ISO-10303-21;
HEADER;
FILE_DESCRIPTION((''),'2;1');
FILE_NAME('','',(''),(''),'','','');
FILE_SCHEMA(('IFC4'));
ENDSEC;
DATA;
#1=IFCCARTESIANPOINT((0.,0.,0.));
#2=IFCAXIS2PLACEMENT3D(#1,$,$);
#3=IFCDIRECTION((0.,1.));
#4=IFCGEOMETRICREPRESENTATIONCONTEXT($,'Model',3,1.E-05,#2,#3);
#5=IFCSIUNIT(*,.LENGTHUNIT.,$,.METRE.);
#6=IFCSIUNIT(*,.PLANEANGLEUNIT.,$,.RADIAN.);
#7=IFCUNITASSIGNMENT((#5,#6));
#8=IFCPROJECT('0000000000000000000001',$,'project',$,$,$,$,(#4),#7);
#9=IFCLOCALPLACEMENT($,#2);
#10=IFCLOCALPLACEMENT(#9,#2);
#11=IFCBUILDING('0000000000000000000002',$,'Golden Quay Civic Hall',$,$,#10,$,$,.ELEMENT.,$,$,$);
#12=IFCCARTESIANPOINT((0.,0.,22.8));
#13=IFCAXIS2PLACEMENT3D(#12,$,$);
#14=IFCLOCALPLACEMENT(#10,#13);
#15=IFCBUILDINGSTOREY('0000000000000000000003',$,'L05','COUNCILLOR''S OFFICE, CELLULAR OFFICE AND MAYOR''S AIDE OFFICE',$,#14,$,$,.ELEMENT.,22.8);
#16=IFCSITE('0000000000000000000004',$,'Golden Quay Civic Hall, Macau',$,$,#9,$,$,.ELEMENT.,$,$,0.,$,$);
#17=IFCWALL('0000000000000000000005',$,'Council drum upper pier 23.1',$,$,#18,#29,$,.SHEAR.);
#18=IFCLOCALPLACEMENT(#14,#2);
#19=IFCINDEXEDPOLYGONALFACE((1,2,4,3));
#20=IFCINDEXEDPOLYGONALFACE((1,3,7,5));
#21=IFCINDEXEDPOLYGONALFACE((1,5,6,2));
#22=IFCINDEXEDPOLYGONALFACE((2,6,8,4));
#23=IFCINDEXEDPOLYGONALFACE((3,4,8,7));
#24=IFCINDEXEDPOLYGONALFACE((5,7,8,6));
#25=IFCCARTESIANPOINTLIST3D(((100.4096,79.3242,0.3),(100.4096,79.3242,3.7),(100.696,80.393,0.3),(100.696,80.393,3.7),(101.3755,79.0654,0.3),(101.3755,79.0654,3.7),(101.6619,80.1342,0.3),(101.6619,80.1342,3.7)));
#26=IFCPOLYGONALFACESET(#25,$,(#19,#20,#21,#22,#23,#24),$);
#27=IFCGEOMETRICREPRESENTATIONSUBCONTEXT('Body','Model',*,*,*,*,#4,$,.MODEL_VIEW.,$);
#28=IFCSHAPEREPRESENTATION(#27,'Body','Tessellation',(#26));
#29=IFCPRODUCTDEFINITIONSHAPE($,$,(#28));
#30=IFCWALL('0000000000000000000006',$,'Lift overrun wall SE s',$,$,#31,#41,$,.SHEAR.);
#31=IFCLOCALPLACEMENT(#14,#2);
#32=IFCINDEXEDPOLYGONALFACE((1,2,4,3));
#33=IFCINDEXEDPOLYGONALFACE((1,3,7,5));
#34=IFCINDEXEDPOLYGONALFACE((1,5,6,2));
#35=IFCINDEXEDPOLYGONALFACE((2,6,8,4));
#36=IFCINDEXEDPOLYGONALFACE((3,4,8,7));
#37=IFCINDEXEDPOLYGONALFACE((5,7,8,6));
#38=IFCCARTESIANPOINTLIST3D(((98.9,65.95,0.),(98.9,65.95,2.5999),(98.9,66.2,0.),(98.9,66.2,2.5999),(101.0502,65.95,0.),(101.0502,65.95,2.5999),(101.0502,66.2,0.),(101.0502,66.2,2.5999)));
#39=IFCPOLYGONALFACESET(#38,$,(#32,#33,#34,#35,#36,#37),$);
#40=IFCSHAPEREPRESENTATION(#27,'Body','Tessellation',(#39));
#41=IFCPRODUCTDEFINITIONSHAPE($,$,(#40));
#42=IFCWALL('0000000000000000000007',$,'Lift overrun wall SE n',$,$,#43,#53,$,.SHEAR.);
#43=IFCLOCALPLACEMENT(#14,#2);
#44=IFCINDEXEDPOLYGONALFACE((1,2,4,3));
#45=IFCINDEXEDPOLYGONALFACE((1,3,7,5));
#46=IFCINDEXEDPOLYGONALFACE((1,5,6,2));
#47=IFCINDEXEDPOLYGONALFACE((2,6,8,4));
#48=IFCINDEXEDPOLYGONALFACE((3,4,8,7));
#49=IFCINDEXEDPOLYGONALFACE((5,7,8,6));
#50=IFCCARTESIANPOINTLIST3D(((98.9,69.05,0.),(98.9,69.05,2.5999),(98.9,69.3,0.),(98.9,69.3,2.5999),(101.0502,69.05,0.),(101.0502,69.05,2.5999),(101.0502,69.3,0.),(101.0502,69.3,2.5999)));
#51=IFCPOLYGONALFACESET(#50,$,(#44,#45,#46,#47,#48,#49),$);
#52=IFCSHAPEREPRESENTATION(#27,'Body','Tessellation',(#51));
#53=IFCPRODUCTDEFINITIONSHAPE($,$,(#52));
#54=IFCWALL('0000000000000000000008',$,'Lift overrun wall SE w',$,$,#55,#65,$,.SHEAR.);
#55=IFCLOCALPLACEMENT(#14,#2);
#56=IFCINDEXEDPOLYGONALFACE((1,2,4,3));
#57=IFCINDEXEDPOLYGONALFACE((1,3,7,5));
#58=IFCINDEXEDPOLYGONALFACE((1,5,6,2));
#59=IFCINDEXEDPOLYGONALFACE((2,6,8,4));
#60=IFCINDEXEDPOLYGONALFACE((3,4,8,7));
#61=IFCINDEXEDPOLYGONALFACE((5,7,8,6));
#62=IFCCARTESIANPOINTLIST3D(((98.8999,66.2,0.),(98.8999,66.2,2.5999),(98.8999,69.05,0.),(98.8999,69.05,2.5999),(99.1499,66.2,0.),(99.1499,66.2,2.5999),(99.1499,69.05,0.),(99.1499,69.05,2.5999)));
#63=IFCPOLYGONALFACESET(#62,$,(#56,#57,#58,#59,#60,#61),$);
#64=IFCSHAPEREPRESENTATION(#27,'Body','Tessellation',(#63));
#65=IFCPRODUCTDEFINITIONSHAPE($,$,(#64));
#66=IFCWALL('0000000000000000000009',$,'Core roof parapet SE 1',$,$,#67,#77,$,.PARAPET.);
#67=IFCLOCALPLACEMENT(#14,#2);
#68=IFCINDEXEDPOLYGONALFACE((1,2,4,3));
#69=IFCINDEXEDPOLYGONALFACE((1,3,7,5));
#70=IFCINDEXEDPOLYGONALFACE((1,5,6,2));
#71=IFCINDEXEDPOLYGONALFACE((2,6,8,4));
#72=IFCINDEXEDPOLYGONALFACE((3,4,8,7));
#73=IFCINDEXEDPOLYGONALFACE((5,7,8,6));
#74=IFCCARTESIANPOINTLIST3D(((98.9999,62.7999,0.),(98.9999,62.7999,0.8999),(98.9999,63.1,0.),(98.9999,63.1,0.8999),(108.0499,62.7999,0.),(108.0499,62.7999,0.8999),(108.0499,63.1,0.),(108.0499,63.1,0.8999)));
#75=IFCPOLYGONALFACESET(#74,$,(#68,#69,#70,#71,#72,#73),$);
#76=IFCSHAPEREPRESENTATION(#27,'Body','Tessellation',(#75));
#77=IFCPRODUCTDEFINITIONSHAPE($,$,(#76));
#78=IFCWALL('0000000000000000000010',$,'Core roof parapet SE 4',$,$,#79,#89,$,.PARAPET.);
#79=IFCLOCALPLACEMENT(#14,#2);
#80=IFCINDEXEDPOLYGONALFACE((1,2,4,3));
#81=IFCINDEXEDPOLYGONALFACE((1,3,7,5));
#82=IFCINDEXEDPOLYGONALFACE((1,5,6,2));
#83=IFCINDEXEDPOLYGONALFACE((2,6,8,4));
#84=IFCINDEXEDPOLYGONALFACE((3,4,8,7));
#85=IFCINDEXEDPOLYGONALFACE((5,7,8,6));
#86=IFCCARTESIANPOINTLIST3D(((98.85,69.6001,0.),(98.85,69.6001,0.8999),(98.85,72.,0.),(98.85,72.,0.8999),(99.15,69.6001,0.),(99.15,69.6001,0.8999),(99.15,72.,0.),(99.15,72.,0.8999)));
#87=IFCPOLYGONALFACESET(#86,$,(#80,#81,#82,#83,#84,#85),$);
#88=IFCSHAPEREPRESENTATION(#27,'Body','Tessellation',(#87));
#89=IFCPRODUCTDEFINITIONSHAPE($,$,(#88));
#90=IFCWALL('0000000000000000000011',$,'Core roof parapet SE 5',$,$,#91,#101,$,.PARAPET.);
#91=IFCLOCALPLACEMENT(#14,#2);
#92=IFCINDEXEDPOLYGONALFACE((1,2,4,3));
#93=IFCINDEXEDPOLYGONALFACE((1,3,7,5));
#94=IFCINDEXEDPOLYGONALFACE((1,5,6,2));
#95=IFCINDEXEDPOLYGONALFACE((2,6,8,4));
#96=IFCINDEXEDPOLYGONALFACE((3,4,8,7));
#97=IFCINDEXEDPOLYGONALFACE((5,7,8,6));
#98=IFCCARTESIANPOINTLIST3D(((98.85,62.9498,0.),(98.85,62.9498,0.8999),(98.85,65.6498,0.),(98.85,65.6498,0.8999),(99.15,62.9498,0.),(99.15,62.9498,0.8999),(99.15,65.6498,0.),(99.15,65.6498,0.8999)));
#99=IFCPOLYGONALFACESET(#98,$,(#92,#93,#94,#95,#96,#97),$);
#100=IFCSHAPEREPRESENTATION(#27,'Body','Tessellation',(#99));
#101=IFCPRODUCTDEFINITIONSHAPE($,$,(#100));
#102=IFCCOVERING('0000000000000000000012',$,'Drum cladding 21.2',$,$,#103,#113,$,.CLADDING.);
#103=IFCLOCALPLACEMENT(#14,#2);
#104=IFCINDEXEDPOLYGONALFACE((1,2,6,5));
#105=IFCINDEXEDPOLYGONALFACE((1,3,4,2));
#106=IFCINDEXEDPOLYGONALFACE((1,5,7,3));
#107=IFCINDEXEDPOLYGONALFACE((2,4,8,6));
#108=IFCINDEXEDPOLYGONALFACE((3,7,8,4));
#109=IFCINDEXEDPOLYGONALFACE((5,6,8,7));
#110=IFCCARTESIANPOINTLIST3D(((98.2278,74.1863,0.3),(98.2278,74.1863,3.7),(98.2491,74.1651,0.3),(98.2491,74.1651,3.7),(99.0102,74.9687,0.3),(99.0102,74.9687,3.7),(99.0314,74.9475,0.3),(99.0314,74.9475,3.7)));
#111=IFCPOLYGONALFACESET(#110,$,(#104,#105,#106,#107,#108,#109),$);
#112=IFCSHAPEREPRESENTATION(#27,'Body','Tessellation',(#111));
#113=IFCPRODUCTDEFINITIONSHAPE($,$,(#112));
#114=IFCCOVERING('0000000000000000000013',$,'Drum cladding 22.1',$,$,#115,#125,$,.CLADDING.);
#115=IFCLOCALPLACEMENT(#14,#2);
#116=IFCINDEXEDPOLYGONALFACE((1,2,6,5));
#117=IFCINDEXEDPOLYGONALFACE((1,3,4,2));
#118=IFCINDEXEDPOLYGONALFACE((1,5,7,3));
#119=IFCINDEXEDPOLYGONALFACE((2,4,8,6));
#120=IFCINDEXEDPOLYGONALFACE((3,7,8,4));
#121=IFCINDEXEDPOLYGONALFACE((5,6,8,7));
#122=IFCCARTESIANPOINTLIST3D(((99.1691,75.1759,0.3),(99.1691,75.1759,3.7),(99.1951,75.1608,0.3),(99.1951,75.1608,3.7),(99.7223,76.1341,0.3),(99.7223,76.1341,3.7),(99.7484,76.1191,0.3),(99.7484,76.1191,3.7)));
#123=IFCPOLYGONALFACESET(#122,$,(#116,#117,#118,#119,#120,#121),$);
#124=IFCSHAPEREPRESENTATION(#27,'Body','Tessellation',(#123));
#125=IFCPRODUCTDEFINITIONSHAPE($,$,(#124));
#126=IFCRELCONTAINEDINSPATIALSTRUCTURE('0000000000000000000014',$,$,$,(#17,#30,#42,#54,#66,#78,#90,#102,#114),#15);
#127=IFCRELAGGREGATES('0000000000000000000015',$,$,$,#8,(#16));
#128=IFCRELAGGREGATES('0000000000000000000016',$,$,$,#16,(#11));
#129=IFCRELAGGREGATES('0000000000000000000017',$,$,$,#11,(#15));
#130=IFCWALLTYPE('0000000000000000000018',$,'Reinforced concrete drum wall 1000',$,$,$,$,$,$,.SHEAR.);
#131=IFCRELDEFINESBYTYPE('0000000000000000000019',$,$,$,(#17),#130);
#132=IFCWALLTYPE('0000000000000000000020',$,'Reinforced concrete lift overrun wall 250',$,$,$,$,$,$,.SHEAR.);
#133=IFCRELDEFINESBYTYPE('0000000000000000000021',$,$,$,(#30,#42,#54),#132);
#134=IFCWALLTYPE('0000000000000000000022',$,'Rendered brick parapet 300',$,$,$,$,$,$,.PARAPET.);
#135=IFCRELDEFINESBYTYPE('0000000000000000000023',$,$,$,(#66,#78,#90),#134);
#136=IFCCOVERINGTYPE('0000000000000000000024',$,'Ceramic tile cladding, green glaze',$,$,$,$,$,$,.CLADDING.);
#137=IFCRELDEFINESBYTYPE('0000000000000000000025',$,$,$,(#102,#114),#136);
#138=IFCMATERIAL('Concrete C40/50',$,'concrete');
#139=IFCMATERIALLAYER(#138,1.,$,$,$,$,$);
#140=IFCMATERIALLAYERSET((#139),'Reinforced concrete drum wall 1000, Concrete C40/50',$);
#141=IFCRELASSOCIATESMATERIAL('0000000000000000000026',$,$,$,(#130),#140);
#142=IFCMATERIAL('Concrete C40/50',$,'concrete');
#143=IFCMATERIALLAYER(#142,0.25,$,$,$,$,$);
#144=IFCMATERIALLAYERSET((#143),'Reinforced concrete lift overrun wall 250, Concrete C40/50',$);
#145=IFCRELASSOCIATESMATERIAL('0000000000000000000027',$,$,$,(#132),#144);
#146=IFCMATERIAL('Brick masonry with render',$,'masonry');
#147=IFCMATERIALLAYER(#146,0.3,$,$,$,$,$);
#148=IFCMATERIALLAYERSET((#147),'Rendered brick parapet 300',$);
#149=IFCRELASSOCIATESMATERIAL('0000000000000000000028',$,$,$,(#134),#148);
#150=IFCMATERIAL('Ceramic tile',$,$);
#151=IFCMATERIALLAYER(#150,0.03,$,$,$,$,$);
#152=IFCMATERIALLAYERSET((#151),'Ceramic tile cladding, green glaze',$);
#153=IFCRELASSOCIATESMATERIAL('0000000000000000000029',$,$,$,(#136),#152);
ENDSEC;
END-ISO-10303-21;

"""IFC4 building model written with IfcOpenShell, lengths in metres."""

from ifc_helpers import new_model, si_unit, direction, frame, frame_2d, origin, origin_2d, place, context, subcontext, project, spatial, rectangle, extrude, material, layer, layer_set, type_object, element, save


model = new_model("IFC4")

# Units and contexts
model_context = context("Model", 3, precision=1e-05, world=origin(), true_north=direction((0.0, 1.0)))
body_context = subcontext(model_context, "Body", "Model", "MODEL_VIEW")
ifc_project = project(units=[si_unit("LENGTHUNIT", "METRE"), si_unit("PLANEANGLEUNIT", "RADIAN")], contexts=[model_context])

# Site, building, storey
site_placement = place(None, origin())
site = spatial("IfcSite", under=ifc_project, at=site_placement, Name="Golden Quay Civic Hall, Macau", CompositionType="ELEMENT", RefElevation=0.0)
building_placement = place(site_placement, origin())
building = spatial("IfcBuilding", under=site, at=building_placement, Name="Golden Quay Civic Hall", CompositionType="ELEMENT")
storey_placement = place(building_placement, frame((0.0, 0.0, 22.8)))
storey = spatial("IfcBuildingStorey", under=building, at=storey_placement, Name="L05", Description="COUNCILLOR'S OFFICE, CELLULAR OFFICE AND MAYOR'S AIDE OFFICE", CompositionType="ELEMENT", Elevation=22.8)

# Walls
ifc_material_1 = material(Name="Concrete C40/50", Category="concrete")
ifc_layer_1 = layer(ifc_material_1, 1.0)
ifc_layer_set_1 = layer_set([ifc_layer_1], Name="Reinforced concrete drum wall 1000, Concrete C40/50")
wall_type_1 = type_object("IfcWallType", Name="Reinforced concrete drum wall 1000", PredefinedType="SHEAR", material=ifc_layer_set_1)
for number, where, z_axis, x_axis, name in (
    (1, (100.8926, 79.1948, 0.3), (0.0, 0.0, 1.0), (0.258802, 0.96593, 0.0), "Council drum upper pier 23.1"),
):
    element("IfcWall", number, at=place(storey_placement, frame(where, z_axis=z_axis, x_axis=x_axis)), inside=storey, type_object=wall_type_1, Name=name, PredefinedType="SHEAR", context=body_context, shape_type="SweptSolid", body=[
        extrude(rectangle(XDim=1.1064, YDim=1.0, at=frame_2d((0.5532, 0.0))), origin(), (0.0, 0.0, 1.0), 3.3999),
    ])
ifc_material_2 = material(Name="Concrete C40/50", Category="concrete")
ifc_layer_2 = layer(ifc_material_2, 0.25)
ifc_layer_set_2 = layer_set([ifc_layer_2], Name="Reinforced concrete lift overrun wall 250, Concrete C40/50")
wall_type_2 = type_object("IfcWallType", Name="Reinforced concrete lift overrun wall 250", PredefinedType="SHEAR", material=ifc_layer_set_2)
for number, where, z_axis, x_axis, name in (
    (2, (98.8999, 66.075, 0.0), (0.0, 0.0, 1.0), (1.0, 0.0, 0.0), "Lift overrun wall SE s"),
    (3, (98.8999, 69.175, 0.0), (0.0, 0.0, 1.0), (1.0, 0.0, 0.0), "Lift overrun wall SE n"),
):
    element("IfcWall", number, at=place(storey_placement, frame(where, z_axis=z_axis, x_axis=x_axis)), inside=storey, type_object=wall_type_2, Name=name, PredefinedType="SHEAR", context=body_context, shape_type="SweptSolid", body=[
        extrude(rectangle(XDim=2.1501, YDim=0.25, at=frame_2d((1.0752, 0.0))), origin(), (0.0, 0.0, 1.0), 2.5999),
    ])
wall_1_placement = place(storey_placement, frame((99.0249, 66.2, 0.0), z_axis=(0.0, 0.0, 1.0), x_axis=(0.0, 1.0, 0.0)))
element("IfcWall", 4, at=wall_1_placement, inside=storey, type_object=wall_type_2, Name="Lift overrun wall SE w", PredefinedType="SHEAR", context=body_context, shape_type="SweptSolid", body=[
    extrude(rectangle(XDim=2.8501, YDim=0.25, at=frame_2d((1.425, 0.0))), origin(), (0.0, 0.0, 1.0), 2.5999),
])
ifc_material_3 = material(Name="Brick masonry with render", Category="masonry")
ifc_layer_3 = layer(ifc_material_3, 0.3)
ifc_layer_set_3 = layer_set([ifc_layer_3], Name="Rendered brick parapet 300")
wall_type_3 = type_object("IfcWallType", Name="Rendered brick parapet 300", PredefinedType="PARAPET", material=ifc_layer_set_3)
wall_2_placement = place(storey_placement, frame((99.0, 62.95, 0.0), z_axis=(0.0, 0.0, 1.0), x_axis=(1.0, 0.0, 0.0)))
element("IfcWall", 5, at=wall_2_placement, inside=storey, type_object=wall_type_3, Name="Core roof parapet SE 1", PredefinedType="PARAPET", context=body_context, shape_type="SweptSolid", body=[
    extrude(rectangle(XDim=9.05, YDim=0.3, at=frame_2d((4.5249, 0.0))), origin(), (0.0, 0.0, 1.0), 0.8999),
])
wall_3_placement = place(storey_placement, frame((99.0, 72.0, 0.0), z_axis=(0.0, 0.0, 1.0), x_axis=(0.0, -1.0, 0.0)))
element("IfcWall", 6, at=wall_3_placement, inside=storey, type_object=wall_type_3, Name="Core roof parapet SE 4", PredefinedType="PARAPET", context=body_context, shape_type="SweptSolid", body=[
    extrude(rectangle(XDim=2.3999, YDim=0.3, at=frame_2d((1.2, 0.0))), origin(), (0.0, 0.0, 1.0), 0.8999),
])
wall_4_placement = place(storey_placement, frame((99.0, 65.6499, 0.0), z_axis=(0.0, 0.0, 1.0), x_axis=(0.0, -1.0, 0.0)))
element("IfcWall", 7, at=wall_4_placement, inside=storey, type_object=wall_type_3, Name="Core roof parapet SE 5", PredefinedType="PARAPET", context=body_context, shape_type="SweptSolid", body=[
    extrude(rectangle(XDim=2.7, YDim=0.3, at=frame_2d((1.3501, 0.0))), origin(), (0.0, 0.0, 1.0), 0.8999),
])

# Coverings
ifc_material_4 = material(Name="Ceramic tile")
ifc_layer_4 = layer(ifc_material_4, 0.03)
ifc_layer_set_4 = layer_set([ifc_layer_4], Name="Ceramic tile cladding, green glaze")
covering_type = type_object("IfcCoveringType", Name="Ceramic tile cladding, green glaze", PredefinedType="CLADDING", material=ifc_layer_set_4)
for number, where, z_axis, x_axis, name in (
    (8, (98.6296, 74.5669, 0.3), (0.0, 0.0, 1.0), (0.707107, 0.707107, 0.0), "Drum cladding 21.2"),
    (9, (99.4587, 75.6475, 0.3), (0.0, 0.0, 1.0), (0.5, 0.866025, 0.0), "Drum cladding 22.1"),
):
    element("IfcCovering", number, at=place(storey_placement, frame(where, z_axis=z_axis, x_axis=x_axis)), inside=storey, type_object=covering_type, Name=name, PredefinedType="CLADDING", context=body_context, shape_type="SweptSolid", body=[
        extrude(rectangle(XDim=1.1064, YDim=0.03, at=origin_2d()), origin(), (0.0, 0.0, 1.0), 3.3999),
    ])

save(model, "model.ifc")
